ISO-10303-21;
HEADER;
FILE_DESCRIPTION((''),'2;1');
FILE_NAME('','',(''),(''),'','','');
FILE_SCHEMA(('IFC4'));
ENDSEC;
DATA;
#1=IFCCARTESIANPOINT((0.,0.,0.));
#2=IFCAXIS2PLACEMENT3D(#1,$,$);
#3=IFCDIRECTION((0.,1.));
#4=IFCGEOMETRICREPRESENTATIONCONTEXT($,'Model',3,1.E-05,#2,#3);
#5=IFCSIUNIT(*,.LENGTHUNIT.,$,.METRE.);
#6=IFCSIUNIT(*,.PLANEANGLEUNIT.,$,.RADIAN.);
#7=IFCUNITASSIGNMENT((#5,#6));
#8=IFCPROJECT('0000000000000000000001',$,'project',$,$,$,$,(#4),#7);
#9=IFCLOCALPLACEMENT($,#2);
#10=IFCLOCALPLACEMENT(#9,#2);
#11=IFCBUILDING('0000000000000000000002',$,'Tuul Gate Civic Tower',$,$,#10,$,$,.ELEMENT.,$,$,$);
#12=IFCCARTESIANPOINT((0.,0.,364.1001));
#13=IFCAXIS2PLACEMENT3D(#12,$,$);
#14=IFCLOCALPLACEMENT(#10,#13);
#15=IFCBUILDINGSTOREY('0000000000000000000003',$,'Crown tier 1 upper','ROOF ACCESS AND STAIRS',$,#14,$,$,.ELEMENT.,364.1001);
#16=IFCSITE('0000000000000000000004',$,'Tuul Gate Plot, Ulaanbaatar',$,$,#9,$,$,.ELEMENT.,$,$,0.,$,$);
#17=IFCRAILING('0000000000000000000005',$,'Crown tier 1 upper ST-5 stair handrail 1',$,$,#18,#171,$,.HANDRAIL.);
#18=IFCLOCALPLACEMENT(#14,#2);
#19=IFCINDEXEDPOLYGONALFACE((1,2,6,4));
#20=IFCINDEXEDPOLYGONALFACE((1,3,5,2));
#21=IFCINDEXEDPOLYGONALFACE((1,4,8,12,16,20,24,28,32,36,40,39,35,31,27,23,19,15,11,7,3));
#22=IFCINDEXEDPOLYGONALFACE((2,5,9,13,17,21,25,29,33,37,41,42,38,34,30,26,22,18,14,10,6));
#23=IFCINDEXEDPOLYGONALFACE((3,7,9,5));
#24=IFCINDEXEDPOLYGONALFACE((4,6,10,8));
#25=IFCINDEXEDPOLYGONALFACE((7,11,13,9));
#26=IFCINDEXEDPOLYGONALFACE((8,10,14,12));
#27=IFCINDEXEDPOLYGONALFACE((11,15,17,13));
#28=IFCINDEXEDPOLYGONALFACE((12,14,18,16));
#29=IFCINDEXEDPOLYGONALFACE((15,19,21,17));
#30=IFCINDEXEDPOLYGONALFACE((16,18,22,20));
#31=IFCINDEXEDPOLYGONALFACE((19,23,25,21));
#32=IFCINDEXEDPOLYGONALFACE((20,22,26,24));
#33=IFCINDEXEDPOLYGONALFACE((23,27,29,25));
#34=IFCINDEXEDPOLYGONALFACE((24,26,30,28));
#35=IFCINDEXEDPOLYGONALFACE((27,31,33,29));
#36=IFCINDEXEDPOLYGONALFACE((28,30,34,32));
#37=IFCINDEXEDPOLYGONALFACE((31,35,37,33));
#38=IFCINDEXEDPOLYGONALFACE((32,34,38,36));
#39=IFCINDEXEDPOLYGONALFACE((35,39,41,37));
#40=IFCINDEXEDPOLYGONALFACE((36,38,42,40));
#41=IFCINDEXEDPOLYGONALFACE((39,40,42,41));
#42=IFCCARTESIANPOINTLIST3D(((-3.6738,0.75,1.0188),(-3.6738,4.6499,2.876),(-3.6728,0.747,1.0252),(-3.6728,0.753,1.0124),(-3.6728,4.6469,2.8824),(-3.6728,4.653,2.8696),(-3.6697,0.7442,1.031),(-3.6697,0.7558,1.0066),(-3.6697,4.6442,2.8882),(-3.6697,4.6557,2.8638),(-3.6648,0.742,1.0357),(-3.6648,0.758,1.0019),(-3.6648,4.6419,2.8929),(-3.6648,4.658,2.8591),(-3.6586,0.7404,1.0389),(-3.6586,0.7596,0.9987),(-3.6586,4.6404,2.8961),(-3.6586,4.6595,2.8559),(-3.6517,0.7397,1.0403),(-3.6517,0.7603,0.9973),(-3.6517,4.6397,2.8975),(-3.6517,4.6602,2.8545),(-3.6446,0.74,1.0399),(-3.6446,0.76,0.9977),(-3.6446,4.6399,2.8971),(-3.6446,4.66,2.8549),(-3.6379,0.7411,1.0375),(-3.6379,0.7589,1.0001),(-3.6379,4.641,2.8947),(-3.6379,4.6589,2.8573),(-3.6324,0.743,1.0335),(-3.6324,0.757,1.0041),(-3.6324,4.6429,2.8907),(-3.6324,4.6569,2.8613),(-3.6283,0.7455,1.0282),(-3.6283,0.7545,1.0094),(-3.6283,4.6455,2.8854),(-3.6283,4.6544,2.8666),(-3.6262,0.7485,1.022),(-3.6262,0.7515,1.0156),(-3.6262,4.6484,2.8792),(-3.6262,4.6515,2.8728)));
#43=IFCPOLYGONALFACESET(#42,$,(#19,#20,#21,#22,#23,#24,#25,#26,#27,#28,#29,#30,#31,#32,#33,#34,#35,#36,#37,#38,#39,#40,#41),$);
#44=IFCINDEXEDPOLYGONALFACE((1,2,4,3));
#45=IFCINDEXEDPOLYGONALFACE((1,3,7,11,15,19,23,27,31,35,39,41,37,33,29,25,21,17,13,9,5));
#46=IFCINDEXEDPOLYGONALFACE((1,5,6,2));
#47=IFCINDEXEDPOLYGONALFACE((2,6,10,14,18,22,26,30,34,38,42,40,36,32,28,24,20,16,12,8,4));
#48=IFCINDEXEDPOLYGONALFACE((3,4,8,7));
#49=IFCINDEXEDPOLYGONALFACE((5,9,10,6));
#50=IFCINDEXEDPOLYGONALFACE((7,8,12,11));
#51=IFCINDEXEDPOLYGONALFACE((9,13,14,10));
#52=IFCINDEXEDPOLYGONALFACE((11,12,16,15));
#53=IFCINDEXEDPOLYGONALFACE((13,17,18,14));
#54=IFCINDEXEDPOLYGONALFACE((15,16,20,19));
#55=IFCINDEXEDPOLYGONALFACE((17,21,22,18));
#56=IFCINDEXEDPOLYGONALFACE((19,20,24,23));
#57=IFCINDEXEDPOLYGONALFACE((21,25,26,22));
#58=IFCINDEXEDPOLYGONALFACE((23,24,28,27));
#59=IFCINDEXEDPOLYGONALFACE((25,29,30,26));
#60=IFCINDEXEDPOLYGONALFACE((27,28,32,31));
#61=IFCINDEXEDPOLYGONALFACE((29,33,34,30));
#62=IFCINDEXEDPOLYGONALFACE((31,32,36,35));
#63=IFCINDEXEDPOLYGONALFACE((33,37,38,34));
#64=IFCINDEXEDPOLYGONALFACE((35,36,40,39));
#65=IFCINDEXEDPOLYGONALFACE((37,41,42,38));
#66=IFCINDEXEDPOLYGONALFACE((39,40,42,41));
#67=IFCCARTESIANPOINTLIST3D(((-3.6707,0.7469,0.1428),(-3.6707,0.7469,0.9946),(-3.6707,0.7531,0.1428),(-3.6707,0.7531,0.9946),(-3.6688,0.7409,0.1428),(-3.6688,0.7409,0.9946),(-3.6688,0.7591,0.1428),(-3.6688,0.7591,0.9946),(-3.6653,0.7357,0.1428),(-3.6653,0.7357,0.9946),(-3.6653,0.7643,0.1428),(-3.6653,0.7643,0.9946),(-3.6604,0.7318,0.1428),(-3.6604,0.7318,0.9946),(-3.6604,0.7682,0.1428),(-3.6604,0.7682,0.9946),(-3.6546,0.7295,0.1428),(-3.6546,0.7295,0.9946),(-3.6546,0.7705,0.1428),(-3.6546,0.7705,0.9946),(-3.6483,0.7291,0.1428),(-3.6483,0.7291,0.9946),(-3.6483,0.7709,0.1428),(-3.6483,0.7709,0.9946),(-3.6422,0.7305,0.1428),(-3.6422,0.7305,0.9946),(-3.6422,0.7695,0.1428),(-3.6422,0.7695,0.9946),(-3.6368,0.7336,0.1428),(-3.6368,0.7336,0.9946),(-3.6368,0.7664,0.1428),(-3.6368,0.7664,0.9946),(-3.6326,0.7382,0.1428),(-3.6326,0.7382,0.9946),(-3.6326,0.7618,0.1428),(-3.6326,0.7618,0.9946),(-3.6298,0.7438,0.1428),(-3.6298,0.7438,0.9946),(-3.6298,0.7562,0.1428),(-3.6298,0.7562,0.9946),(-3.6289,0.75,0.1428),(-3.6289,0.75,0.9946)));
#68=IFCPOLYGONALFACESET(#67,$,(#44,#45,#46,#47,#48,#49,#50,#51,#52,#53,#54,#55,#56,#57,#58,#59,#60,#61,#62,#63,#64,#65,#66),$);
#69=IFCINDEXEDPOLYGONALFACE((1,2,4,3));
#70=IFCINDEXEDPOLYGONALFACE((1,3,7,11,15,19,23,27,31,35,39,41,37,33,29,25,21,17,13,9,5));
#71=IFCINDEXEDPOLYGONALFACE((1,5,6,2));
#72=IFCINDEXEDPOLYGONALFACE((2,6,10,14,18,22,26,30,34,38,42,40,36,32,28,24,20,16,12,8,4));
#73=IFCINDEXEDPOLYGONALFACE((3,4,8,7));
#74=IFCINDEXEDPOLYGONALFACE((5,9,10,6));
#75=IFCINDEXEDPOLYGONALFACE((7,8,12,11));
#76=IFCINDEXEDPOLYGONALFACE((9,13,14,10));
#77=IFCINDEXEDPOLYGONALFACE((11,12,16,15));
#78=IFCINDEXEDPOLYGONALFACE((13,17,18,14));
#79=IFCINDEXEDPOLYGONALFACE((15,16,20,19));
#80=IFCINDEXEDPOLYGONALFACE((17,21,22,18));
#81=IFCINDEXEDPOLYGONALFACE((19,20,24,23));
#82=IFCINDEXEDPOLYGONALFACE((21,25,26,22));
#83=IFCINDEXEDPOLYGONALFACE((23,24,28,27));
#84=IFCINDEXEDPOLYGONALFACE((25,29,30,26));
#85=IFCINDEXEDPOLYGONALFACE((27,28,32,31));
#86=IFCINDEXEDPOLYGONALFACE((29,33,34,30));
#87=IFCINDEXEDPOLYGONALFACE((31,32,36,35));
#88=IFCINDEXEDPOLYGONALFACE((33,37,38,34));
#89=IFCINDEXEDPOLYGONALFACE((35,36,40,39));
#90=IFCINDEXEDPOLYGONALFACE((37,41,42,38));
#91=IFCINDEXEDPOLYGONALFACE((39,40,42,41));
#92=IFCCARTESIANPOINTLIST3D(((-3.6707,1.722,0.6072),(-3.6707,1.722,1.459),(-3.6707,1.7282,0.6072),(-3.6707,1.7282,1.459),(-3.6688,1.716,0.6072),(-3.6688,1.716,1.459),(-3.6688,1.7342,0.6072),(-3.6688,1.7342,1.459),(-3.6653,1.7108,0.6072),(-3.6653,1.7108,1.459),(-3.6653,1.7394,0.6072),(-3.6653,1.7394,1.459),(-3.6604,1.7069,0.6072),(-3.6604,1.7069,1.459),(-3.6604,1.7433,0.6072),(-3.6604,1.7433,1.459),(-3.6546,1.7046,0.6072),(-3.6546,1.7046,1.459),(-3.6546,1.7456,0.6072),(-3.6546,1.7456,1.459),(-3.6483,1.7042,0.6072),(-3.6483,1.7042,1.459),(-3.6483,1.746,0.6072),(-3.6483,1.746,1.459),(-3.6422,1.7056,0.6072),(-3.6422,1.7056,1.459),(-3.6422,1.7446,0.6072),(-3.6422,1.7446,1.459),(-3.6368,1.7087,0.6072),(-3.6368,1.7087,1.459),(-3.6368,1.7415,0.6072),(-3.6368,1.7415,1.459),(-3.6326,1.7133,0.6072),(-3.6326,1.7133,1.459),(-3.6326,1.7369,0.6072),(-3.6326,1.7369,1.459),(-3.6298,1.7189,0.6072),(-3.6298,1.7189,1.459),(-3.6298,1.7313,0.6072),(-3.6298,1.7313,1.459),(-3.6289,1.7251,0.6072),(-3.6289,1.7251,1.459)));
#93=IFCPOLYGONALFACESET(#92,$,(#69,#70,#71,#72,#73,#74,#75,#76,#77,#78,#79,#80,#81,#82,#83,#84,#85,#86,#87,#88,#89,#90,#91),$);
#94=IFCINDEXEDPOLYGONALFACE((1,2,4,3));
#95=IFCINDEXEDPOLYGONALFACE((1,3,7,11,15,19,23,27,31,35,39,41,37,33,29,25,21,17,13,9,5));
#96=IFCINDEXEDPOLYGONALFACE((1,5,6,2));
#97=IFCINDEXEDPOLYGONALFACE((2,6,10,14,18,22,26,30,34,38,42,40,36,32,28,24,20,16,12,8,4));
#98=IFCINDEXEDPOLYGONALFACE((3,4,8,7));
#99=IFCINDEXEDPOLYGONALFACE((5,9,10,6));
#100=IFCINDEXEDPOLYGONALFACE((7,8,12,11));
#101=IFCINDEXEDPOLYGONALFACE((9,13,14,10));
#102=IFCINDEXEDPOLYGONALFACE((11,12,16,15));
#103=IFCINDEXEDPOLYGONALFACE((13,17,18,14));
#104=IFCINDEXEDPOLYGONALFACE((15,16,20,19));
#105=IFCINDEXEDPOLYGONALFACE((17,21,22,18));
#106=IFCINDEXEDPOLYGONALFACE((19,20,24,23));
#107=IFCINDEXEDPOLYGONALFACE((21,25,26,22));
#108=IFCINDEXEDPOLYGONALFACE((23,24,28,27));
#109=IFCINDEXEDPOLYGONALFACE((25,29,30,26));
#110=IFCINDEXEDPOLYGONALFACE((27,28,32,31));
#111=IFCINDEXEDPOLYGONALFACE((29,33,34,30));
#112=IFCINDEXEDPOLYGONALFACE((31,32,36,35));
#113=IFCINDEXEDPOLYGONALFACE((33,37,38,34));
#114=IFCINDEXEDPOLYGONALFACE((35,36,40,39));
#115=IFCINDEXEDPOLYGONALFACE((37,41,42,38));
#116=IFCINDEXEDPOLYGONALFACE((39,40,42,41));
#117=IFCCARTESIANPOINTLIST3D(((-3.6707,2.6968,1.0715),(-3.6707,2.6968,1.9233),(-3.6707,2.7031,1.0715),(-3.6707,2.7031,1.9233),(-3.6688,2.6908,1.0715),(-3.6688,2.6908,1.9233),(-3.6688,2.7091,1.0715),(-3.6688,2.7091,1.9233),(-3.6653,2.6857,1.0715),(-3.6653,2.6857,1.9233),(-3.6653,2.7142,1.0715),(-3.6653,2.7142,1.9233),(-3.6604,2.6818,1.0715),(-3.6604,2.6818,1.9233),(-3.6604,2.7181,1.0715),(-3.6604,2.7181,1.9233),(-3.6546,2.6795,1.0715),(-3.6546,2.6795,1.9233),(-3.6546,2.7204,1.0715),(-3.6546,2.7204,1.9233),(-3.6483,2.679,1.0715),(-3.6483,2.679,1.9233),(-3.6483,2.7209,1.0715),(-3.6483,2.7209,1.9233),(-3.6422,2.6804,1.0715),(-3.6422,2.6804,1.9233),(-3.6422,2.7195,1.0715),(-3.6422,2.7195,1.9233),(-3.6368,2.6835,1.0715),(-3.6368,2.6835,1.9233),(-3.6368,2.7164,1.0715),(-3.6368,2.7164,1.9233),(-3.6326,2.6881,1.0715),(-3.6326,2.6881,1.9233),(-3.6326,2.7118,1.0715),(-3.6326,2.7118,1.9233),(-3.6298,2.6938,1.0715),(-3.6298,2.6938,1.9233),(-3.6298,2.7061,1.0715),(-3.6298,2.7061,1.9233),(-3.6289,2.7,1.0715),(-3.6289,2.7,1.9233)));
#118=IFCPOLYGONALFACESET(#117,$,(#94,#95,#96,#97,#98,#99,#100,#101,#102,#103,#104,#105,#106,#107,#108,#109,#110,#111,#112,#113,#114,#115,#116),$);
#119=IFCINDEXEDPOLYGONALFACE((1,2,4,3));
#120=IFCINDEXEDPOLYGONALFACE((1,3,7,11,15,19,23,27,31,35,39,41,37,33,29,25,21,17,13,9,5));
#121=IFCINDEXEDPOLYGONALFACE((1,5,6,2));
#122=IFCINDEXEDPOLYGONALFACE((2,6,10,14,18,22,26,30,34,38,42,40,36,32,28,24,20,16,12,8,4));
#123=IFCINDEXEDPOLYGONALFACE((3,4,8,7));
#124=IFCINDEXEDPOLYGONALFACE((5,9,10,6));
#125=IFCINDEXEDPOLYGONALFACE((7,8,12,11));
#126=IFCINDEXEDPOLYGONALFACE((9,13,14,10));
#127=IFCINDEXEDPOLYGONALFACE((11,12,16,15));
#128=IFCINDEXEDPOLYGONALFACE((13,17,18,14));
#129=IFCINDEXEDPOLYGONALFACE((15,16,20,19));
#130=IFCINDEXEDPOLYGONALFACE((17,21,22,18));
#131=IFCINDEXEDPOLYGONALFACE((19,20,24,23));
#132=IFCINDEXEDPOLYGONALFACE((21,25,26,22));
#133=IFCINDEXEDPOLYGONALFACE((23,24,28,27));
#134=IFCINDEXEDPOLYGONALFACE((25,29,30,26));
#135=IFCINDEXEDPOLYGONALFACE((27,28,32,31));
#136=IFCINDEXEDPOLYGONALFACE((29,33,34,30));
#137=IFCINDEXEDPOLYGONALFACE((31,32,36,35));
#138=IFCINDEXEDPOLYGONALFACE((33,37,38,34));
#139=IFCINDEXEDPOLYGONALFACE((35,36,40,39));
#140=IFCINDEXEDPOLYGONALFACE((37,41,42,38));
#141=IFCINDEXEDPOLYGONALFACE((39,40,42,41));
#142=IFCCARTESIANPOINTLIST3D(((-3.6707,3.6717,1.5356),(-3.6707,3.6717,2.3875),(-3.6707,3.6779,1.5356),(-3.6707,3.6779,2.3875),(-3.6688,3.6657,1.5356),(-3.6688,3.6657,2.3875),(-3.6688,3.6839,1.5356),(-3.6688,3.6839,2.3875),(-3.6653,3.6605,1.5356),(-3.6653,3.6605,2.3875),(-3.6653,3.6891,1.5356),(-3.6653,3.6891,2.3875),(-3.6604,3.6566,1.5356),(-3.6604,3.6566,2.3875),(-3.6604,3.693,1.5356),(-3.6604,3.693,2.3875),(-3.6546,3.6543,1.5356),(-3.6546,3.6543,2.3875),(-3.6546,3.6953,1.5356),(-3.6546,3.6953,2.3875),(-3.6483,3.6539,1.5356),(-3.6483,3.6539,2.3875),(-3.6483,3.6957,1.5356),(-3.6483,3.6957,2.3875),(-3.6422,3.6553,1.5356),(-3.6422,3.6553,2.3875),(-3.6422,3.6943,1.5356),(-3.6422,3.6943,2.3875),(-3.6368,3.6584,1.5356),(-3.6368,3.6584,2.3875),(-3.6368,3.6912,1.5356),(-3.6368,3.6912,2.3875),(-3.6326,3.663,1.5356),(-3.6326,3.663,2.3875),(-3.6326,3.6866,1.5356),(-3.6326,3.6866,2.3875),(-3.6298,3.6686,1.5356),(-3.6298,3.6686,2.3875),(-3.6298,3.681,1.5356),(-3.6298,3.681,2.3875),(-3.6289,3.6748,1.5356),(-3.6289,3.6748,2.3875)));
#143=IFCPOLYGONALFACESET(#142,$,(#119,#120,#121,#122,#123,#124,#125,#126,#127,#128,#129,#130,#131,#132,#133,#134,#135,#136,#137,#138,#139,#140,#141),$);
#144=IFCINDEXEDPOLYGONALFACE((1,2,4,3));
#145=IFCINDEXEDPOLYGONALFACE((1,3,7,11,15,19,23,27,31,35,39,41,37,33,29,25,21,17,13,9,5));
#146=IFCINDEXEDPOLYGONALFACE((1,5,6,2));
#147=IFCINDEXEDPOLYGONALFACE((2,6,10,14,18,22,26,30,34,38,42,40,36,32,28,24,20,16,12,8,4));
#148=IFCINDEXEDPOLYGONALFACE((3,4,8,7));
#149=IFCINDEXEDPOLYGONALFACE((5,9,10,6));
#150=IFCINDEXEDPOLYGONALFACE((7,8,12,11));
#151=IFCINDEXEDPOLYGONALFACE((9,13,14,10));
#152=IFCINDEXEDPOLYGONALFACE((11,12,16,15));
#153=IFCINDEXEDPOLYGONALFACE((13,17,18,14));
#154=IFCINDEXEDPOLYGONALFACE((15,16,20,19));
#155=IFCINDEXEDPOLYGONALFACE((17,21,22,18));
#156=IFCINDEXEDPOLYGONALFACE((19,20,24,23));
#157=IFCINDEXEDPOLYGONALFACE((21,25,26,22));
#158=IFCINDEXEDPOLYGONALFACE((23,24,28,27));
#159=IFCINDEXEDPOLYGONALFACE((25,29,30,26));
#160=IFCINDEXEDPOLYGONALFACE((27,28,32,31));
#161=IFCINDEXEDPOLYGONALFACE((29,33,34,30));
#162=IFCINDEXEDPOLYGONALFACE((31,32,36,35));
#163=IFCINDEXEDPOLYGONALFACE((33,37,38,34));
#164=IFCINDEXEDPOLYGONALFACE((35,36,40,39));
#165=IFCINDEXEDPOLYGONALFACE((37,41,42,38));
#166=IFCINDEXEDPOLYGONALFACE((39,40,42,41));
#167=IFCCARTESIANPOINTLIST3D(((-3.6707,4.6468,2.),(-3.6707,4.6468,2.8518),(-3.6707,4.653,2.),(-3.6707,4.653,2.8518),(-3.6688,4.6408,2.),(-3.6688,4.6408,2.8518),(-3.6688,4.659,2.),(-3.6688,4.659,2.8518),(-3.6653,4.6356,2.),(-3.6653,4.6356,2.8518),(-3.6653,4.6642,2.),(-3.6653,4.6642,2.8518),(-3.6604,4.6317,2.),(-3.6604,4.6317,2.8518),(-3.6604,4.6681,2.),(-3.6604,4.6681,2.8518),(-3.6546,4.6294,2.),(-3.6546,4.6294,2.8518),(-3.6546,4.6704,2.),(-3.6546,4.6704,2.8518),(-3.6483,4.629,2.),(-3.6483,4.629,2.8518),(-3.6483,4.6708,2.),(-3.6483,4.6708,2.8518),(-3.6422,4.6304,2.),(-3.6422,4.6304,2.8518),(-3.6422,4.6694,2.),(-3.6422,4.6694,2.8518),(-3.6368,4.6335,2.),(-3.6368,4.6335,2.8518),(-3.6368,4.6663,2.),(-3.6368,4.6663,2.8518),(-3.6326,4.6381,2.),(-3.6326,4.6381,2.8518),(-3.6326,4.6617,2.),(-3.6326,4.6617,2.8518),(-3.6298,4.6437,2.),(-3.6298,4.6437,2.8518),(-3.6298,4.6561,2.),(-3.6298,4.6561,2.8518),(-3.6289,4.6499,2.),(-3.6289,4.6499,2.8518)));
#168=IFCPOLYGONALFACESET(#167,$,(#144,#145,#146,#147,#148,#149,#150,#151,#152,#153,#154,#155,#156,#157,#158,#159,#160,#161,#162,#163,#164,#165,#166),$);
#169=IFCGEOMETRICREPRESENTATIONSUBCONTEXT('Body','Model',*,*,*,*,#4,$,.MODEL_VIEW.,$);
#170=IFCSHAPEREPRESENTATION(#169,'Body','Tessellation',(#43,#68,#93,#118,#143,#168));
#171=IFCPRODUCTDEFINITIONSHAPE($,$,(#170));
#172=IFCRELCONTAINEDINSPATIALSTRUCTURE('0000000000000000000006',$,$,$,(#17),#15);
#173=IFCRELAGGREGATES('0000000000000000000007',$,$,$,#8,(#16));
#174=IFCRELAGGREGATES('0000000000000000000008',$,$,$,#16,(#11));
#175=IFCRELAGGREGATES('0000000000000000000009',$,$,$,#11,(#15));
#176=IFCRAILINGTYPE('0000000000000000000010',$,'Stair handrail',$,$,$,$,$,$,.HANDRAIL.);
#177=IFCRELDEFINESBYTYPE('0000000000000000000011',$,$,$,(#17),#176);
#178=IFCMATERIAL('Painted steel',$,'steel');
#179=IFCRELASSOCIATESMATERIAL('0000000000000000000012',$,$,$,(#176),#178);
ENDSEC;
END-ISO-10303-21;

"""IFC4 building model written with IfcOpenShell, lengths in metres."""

from ifc_helpers import new_model, si_unit, direction, frame, origin, origin_2d, place, context, subcontext, project, spatial, circle, extrude, material, type_object, element, save


model = new_model("IFC4")

# Units and contexts
model_context = context("Model", 3, precision=1e-05, world=origin(), true_north=direction((0.0, 1.0)))
body_context = subcontext(model_context, "Body", "Model", "MODEL_VIEW")
ifc_project = project(units=[si_unit("LENGTHUNIT", "METRE"), si_unit("PLANEANGLEUNIT", "RADIAN")], contexts=[model_context])

# Site, building, storey
site_placement = place(None, origin())
site = spatial("IfcSite", under=ifc_project, at=site_placement, Name="Tuul Gate Plot, Ulaanbaatar", CompositionType="ELEMENT", RefElevation=0.0)
building_placement = place(site_placement, origin())
building = spatial("IfcBuilding", under=site, at=building_placement, Name="Tuul Gate Civic Tower", CompositionType="ELEMENT")
storey_placement = place(building_placement, frame((0.0, 0.0, 364.1001)))
storey = spatial("IfcBuildingStorey", under=building, at=storey_placement, Name="Crown tier 1 upper", Description="ROOF ACCESS AND STAIRS", CompositionType="ELEMENT", Elevation=364.1001)

# Railing
ifc_material_1 = material(Name="Painted steel", Category="steel")
railing_type_1 = type_object("IfcRailingType", Name="Stair handrail", PredefinedType="HANDRAIL", material=ifc_material_1)
railing_1_placement = place(storey_placement, frame((-3.6499, 0.75, 0.1428)))
element("IfcRailing", 1, at=railing_1_placement, inside=storey, type_object=railing_type_1, Name="Crown tier 1 upper ST-5 stair handrail 1", PredefinedType="HANDRAIL", context=body_context, shape_type="SweptSolid", body=[
    extrude(circle(Radius=0.0239, at=origin_2d()), frame((0.0, 0.0, 0.876), z_axis=(0.0, 0.902853, 0.429949), x_axis=(-1.0, 0.0, 0.0)), (0.0, 0.0, 1.0), 4.3196),
    extrude(circle(Radius=0.021, at=origin_2d()), origin(), (0.0, 0.0, 1.0), 0.8518),
    extrude(circle(Radius=0.021, at=origin_2d()), frame((0.0, 0.9751, 0.4644)), (0.0, 0.0, 1.0), 0.8518),
    extrude(circle(Radius=0.021, at=origin_2d()), frame((0.0, 1.95, 0.9287)), (0.0, 0.0, 1.0), 0.8518),
    extrude(circle(Radius=0.021, at=origin_2d()), frame((0.0, 2.9248, 1.3928)), (0.0, 0.0, 1.0), 0.8518),
    extrude(circle(Radius=0.021, at=origin_2d()), frame((0.0, 3.8999, 1.8572)), (0.0, 0.0, 1.0), 0.8518),
])

save(model, "model.ifc")
